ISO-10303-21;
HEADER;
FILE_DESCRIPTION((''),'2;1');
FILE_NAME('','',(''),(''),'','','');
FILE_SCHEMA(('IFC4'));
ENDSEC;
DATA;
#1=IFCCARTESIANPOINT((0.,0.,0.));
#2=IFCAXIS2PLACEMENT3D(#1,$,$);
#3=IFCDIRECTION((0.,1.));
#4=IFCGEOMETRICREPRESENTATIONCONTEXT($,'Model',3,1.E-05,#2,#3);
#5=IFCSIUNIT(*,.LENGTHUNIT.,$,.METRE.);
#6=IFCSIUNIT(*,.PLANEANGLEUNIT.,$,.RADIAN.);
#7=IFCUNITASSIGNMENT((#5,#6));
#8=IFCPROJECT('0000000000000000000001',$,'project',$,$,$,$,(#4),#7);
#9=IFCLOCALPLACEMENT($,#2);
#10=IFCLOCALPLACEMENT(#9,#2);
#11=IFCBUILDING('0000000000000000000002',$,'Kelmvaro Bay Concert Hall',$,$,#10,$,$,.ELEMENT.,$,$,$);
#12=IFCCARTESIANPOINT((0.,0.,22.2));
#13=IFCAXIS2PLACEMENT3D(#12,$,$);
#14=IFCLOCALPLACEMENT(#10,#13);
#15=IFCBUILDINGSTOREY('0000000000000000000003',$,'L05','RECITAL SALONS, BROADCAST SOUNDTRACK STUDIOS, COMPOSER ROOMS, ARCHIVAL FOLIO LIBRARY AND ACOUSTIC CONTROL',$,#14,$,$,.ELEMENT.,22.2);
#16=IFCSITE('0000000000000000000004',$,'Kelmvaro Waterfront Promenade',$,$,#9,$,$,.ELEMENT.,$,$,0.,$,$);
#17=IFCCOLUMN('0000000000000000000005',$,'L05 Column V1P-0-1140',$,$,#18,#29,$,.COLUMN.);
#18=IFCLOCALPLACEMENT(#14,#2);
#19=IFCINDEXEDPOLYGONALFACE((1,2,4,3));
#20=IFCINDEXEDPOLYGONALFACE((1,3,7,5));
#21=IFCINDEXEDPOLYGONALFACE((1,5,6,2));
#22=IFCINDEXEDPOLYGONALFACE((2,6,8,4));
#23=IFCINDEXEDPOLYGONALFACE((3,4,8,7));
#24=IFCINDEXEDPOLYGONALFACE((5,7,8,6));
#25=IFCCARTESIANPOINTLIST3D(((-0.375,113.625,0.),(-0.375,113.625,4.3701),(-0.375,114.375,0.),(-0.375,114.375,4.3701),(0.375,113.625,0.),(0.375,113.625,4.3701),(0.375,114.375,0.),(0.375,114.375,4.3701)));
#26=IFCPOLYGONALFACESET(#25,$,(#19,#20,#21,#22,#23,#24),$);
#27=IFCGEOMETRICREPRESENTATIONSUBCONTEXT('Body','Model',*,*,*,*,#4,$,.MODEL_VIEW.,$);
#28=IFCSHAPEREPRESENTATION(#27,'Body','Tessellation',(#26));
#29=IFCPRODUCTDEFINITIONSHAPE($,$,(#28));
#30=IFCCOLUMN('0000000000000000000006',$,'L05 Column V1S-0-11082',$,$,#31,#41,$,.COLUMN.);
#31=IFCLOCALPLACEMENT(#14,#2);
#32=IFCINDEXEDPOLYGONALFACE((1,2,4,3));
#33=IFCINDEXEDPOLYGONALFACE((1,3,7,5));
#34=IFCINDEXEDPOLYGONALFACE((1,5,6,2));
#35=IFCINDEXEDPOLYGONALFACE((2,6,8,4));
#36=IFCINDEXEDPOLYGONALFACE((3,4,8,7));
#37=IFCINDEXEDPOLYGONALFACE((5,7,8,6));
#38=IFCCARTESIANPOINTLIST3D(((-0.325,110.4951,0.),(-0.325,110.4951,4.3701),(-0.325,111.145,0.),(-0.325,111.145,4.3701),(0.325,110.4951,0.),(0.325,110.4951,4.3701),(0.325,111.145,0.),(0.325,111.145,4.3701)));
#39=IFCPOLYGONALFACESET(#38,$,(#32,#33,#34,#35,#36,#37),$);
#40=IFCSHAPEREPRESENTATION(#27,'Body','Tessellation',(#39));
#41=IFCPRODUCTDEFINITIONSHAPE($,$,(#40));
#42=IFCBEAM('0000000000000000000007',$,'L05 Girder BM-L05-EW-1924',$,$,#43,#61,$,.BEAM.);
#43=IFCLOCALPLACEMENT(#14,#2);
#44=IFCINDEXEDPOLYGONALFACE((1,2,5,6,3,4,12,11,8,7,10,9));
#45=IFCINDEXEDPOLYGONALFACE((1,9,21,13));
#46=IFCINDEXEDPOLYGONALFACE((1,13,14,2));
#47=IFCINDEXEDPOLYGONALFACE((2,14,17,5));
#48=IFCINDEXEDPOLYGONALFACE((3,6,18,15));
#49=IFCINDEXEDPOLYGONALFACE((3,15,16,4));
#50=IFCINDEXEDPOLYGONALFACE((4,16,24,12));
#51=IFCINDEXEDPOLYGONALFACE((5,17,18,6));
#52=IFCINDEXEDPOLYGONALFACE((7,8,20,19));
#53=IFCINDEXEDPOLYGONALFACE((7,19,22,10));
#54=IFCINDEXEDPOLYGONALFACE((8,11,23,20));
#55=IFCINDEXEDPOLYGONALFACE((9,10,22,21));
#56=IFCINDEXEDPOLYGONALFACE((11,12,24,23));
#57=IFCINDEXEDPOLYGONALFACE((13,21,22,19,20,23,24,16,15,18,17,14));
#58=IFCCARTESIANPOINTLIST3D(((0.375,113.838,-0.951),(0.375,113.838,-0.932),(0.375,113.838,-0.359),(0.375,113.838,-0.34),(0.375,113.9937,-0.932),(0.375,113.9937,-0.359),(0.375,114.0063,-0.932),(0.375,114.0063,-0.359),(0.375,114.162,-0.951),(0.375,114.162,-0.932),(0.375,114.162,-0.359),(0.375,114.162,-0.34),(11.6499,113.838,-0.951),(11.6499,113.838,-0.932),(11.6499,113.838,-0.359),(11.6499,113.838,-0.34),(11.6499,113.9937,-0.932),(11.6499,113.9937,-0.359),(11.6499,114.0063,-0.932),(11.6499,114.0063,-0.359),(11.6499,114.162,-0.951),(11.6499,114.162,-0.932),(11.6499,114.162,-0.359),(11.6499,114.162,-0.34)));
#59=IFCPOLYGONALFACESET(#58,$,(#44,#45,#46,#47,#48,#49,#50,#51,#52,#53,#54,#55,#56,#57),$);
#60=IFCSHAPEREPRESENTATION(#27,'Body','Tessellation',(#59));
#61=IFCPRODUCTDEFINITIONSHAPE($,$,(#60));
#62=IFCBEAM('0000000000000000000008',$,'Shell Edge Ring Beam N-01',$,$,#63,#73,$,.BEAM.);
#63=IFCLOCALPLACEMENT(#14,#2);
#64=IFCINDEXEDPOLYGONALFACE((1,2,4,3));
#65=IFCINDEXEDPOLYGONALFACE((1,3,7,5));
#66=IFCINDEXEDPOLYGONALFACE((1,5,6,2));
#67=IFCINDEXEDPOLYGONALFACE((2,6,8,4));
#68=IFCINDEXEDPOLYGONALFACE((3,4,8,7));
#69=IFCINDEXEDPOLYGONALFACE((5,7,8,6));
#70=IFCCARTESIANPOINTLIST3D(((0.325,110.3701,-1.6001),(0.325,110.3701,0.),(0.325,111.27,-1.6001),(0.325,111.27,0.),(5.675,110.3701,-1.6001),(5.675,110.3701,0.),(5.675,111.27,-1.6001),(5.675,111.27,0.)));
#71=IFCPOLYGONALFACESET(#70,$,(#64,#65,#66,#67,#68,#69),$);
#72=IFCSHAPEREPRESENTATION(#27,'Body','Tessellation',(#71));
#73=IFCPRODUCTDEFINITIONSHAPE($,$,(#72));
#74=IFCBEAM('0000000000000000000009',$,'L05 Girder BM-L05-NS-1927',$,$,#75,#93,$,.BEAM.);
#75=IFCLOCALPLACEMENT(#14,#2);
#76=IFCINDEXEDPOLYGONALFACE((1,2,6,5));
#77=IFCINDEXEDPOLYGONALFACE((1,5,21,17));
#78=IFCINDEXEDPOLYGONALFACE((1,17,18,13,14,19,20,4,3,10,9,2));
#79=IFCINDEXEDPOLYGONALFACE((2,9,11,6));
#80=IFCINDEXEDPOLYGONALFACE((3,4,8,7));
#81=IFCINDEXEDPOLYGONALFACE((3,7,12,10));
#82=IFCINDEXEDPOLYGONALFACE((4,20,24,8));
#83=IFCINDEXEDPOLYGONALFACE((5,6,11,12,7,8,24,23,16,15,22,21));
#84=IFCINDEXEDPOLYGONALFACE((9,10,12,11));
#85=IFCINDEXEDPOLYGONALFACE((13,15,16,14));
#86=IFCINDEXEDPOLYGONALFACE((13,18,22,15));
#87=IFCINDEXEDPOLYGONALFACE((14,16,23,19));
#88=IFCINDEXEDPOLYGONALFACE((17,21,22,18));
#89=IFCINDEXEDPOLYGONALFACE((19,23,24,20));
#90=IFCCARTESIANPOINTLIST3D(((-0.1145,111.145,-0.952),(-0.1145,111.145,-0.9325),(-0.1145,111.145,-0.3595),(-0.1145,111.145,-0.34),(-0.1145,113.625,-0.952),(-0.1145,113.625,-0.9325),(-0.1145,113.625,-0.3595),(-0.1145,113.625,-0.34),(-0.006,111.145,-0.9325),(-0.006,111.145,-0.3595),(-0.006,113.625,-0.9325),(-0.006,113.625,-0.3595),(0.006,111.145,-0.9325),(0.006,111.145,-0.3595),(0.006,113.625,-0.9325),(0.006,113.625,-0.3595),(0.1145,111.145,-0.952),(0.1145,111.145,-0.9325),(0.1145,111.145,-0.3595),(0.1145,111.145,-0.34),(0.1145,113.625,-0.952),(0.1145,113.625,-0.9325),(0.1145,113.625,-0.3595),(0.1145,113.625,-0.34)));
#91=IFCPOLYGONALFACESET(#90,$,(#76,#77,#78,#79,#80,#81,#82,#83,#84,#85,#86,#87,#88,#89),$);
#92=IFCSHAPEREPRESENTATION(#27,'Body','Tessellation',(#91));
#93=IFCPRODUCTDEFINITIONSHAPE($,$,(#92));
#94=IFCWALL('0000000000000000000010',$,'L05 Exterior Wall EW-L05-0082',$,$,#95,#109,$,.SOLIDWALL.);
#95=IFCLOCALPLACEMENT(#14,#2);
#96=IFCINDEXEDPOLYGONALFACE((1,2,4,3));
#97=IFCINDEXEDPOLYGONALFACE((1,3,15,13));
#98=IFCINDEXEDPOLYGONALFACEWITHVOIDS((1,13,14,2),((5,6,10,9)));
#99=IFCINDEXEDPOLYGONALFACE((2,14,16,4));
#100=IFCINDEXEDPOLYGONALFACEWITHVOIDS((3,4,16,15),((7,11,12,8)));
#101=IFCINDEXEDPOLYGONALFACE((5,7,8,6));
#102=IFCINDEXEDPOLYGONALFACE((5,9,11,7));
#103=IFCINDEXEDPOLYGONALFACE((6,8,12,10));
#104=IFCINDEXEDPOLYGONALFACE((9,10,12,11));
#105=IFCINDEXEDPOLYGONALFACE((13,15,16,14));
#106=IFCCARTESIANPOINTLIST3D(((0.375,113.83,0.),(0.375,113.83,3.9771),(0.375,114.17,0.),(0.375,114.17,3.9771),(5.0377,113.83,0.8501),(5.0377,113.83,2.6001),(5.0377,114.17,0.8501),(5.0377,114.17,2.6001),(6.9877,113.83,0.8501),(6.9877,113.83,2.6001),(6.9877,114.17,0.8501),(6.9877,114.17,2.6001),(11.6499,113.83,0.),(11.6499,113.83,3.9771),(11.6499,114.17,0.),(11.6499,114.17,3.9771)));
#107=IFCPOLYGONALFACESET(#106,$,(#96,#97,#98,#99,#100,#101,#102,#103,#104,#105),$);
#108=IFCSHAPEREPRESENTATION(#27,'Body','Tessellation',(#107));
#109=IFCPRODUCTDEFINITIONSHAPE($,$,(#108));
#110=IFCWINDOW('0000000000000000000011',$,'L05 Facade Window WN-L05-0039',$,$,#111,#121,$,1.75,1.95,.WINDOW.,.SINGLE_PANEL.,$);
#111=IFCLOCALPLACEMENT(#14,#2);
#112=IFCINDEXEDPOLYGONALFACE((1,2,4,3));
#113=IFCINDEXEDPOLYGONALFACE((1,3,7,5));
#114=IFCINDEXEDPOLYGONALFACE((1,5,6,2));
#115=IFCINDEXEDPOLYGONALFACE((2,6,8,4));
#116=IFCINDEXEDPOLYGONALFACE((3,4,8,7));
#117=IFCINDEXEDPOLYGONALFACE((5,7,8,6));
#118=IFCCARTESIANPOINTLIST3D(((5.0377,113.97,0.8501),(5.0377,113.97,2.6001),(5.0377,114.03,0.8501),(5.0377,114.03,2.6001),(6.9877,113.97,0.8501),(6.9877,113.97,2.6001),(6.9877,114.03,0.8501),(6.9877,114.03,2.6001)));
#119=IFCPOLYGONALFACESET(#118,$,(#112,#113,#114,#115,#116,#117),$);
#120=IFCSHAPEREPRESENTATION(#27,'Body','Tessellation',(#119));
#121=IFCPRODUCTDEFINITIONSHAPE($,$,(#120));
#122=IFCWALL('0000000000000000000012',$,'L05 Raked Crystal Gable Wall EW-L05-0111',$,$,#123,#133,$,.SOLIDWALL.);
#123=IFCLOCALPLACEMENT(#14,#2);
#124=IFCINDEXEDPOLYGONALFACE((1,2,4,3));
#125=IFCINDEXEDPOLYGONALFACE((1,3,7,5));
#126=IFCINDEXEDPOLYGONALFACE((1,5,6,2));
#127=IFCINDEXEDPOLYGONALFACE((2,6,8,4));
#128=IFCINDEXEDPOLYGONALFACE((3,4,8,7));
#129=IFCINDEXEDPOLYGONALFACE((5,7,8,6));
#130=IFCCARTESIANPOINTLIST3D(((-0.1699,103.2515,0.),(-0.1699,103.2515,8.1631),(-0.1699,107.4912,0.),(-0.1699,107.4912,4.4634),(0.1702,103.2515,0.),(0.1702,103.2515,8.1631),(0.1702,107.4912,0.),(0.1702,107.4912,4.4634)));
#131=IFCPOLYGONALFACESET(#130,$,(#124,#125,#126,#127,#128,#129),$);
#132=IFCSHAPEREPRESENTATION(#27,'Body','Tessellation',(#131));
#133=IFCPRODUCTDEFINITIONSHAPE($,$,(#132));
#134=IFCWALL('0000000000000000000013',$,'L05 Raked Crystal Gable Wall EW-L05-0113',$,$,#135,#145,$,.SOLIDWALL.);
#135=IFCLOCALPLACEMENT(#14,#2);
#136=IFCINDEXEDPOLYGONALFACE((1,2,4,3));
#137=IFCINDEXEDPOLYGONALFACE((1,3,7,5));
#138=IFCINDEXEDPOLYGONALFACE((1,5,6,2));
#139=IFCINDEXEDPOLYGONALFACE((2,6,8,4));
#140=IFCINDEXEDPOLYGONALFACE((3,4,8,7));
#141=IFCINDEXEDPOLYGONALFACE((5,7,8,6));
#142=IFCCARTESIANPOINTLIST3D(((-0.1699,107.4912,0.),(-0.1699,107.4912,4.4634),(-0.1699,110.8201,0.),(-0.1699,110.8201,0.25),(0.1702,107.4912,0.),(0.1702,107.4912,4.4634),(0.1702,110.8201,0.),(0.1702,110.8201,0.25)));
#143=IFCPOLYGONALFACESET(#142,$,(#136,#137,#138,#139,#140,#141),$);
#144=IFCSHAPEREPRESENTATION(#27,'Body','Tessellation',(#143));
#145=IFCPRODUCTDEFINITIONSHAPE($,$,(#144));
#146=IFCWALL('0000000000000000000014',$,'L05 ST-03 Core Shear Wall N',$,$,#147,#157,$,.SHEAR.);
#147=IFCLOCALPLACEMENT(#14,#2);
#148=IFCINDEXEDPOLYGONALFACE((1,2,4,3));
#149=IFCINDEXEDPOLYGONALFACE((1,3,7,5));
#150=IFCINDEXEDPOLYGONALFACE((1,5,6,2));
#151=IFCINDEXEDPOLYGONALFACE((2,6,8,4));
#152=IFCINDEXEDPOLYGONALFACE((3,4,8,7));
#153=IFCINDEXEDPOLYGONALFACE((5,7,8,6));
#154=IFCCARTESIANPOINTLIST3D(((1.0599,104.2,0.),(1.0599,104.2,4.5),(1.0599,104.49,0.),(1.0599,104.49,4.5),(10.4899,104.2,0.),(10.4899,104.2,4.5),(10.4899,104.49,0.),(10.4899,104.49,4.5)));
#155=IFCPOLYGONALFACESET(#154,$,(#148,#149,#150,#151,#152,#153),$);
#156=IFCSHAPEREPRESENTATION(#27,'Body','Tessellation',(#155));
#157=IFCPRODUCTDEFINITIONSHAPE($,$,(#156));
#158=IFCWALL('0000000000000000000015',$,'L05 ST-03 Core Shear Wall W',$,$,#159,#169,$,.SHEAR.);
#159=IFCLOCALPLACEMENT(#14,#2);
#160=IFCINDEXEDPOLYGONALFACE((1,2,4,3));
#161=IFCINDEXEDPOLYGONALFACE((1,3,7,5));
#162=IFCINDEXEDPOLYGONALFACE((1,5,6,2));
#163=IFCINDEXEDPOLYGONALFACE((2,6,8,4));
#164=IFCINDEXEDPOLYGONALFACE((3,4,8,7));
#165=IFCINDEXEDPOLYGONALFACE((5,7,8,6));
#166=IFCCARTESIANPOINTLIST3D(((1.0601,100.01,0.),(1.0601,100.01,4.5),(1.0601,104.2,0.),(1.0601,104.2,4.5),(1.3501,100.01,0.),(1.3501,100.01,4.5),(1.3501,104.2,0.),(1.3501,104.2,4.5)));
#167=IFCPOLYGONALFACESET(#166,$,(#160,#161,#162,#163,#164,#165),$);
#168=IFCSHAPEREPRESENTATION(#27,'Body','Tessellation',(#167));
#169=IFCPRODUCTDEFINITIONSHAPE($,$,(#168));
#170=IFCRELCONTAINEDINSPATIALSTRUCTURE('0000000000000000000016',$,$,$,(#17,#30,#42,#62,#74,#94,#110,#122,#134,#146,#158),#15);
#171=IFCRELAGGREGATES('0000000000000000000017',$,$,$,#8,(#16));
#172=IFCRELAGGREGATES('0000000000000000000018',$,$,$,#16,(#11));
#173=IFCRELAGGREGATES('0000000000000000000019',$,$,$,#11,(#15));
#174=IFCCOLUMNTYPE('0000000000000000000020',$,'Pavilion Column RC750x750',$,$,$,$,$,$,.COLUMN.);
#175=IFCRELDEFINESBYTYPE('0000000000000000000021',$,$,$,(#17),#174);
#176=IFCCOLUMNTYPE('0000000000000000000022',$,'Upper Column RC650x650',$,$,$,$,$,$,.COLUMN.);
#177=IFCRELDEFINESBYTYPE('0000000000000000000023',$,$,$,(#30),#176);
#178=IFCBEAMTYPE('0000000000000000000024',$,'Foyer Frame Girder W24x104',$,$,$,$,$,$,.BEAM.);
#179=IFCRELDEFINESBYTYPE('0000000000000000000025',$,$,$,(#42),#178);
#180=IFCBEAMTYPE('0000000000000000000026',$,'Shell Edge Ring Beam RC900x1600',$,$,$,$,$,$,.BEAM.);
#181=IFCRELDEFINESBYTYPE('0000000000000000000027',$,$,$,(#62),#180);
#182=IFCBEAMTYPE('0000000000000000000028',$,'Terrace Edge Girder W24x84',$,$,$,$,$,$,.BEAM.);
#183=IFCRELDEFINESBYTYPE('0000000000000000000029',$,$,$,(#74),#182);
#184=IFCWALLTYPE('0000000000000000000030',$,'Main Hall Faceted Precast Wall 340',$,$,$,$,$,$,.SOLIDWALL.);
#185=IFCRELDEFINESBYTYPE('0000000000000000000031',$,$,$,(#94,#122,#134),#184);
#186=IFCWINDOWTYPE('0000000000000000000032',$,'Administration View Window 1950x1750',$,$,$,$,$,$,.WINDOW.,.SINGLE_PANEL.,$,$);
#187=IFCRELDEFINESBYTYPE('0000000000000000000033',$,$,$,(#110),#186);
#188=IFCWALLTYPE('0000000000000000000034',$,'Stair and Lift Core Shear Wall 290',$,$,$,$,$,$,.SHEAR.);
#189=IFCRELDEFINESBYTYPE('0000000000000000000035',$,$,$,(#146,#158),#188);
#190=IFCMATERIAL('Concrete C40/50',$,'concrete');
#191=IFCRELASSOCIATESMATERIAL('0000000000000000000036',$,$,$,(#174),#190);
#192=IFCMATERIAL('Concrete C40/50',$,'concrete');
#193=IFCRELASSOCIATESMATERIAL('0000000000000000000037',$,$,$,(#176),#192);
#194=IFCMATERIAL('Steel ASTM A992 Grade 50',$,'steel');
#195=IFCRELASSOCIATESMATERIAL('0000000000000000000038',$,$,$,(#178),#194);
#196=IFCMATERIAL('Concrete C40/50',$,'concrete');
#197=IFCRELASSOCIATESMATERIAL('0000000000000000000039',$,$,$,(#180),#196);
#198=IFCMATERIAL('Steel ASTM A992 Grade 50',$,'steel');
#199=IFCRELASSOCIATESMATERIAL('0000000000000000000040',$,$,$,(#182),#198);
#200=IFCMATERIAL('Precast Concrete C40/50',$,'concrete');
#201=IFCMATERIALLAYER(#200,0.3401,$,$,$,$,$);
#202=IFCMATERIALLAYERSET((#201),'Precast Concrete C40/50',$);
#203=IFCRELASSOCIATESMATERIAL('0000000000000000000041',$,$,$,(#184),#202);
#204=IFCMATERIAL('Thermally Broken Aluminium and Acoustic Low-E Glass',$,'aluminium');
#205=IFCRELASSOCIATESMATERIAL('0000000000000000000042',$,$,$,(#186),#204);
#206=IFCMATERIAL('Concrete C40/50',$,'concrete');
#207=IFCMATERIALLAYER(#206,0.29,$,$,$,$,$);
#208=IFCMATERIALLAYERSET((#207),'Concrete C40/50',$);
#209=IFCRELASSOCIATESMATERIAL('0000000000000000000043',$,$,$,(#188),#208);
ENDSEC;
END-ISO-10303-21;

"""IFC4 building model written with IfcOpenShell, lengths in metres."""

from ifc_helpers import new_model, si_unit, direction, frame, frame_2d, origin, origin_2d, place, context, subcontext, project, spatial, polyline, rectangle, i_section, outline, extrude, material, layer, layer_set, material_profile, profile_set, type_object, element, fill, save


model = new_model("IFC4")

# Units and contexts
model_context = context("Model", 3, precision=1e-05, world=origin(), true_north=direction((0.0, 1.0)))
body_context = subcontext(model_context, "Body", "Model", "MODEL_VIEW")
ifc_project = project(units=[si_unit("LENGTHUNIT", "METRE"), si_unit("PLANEANGLEUNIT", "RADIAN")], contexts=[model_context])

# Site, building, storey
site_placement = place(None, origin())
site = spatial("IfcSite", under=ifc_project, at=site_placement, Name="Kelmvaro Waterfront Promenade", CompositionType="ELEMENT", RefElevation=0.0)
building_placement = place(site_placement, origin())
building = spatial("IfcBuilding", under=site, at=building_placement, Name="Kelmvaro Bay Concert Hall", CompositionType="ELEMENT")
storey_placement = place(building_placement, frame((0.0, 0.0, 22.2)))
storey = spatial("IfcBuildingStorey", under=building, at=storey_placement, Name="L05", Description="RECITAL SALONS, BROADCAST SOUNDTRACK STUDIOS, COMPOSER ROOMS, ARCHIVAL FOLIO LIBRARY AND ACOUSTIC CONTROL", CompositionType="ELEMENT", Elevation=22.2)

# Columns
ifc_material_1 = material(Name="Concrete C40/50", Category="concrete")
ifc_material_profile_1 = material_profile(ifc_material_1, rectangle(XDim=0.75, YDim=0.75, at=origin_2d()), Name="RC-COL-750X750")
ifc_profile_set_1 = profile_set([ifc_material_profile_1], Name="Concrete C40/50")
column_type_1 = type_object("IfcColumnType", Name="Pavilion Column RC750x750", PredefinedType="COLUMN", material=ifc_profile_set_1)
column_1_placement = place(storey_placement, frame((0.0, 114.0, 0.0), z_axis=(0.0, 0.0, 1.0), x_axis=(1.0, 0.0, 0.0)))
element("IfcColumn", 1, at=column_1_placement, inside=storey, type_object=column_type_1, Name="L05 Column V1P-0-1140", PredefinedType="COLUMN", context=body_context, shape_type="SweptSolid", body=[
    extrude(rectangle(XDim=0.75, YDim=0.75, at=origin_2d()), origin(), (0.0, 0.0, 1.0), 4.3701),
])
ifc_material_2 = material(Name="Concrete C40/50", Category="concrete")
ifc_material_profile_2 = material_profile(ifc_material_2, rectangle(XDim=0.6499, YDim=0.6499, at=origin_2d()), Name="RC-COL-650X650")
ifc_profile_set_2 = profile_set([ifc_material_profile_2], Name="Concrete C40/50")
column_type_2 = type_object("IfcColumnType", Name="Upper Column RC650x650", PredefinedType="COLUMN", material=ifc_profile_set_2)
column_2_placement = place(storey_placement, frame((0.0, 110.8201, 0.0), z_axis=(0.0, 0.0, 1.0), x_axis=(1.0, 0.0, 0.0)))
element("IfcColumn", 2, at=column_2_placement, inside=storey, type_object=column_type_2, Name="L05 Column V1S-0-11082", PredefinedType="COLUMN", context=body_context, shape_type="SweptSolid", body=[
    extrude(rectangle(XDim=0.6499, YDim=0.6499, at=origin_2d()), origin(), (0.0, 0.0, 1.0), 4.3701),
])

# Beams
ifc_material_3 = material(Name="Steel ASTM A992 Grade 50", Category="steel")
ifc_material_profile_3 = material_profile(ifc_material_3, i_section(OverallWidth=0.324, OverallDepth=0.6111, WebThickness=0.0127, FlangeThickness=0.019, at=origin_2d()), Name="W24X104")
ifc_profile_set_3 = profile_set([ifc_material_profile_3], Name="Steel ASTM A992 Grade 50")
beam_type_1 = type_object("IfcBeamType", Name="Foyer Frame Girder W24x104", PredefinedType="BEAM", material=ifc_profile_set_3)
beam_1_placement = place(storey_placement, frame((0.375, 114.0, -0.6455), z_axis=(1.0, 0.0, 0.0), x_axis=(0.0, 1.0, 0.0)))
element("IfcBeam", 3, at=beam_1_placement, inside=storey, type_object=beam_type_1, Name="L05 Girder BM-L05-EW-1924", PredefinedType="BEAM", context=body_context, shape_type="SweptSolid", body=[
    extrude(i_section(OverallWidth=0.324, OverallDepth=0.6111, WebThickness=0.0127, FlangeThickness=0.019, at=origin_2d()), origin(), (0.0, 0.0, 1.0), 11.2749),
])
ifc_material_4 = material(Name="Concrete C40/50", Category="concrete")
ifc_material_profile_4 = material_profile(ifc_material_4, rectangle(XDim=0.8999, YDim=1.6001, at=origin_2d()), Name="RC-SHB-900X1600")
ifc_profile_set_4 = profile_set([ifc_material_profile_4], Name="Concrete C40/50")
beam_type_2 = type_object("IfcBeamType", Name="Shell Edge Ring Beam RC900x1600", PredefinedType="BEAM", material=ifc_profile_set_4)
beam_2_placement = place(storey_placement, frame((0.325, 110.8201, -0.8), z_axis=(1.0, 0.0, 0.0), x_axis=(0.0, 1.0, 0.0)))
element("IfcBeam", 4, at=beam_2_placement, inside=storey, type_object=beam_type_2, Name="Shell Edge Ring Beam N-01", PredefinedType="BEAM", context=body_context, shape_type="SweptSolid", body=[
    extrude(rectangle(XDim=0.8999, YDim=1.6001, at=origin_2d()), origin(), (0.0, 0.0, 1.0), 5.3501),
])
ifc_material_5 = material(Name="Steel ASTM A992 Grade 50", Category="steel")
ifc_material_profile_5 = material_profile(ifc_material_5, i_section(OverallWidth=0.229, OverallDepth=0.6121, WebThickness=0.012, FlangeThickness=0.0195, at=origin_2d()), Name="W24X84")
ifc_profile_set_5 = profile_set([ifc_material_profile_5], Name="Steel ASTM A992 Grade 50")
beam_type_3 = type_object("IfcBeamType", Name="Terrace Edge Girder W24x84", PredefinedType="BEAM", material=ifc_profile_set_5)
beam_3_placement = place(storey_placement, frame((0.0, 111.145, -0.646), z_axis=(0.0, 1.0, 0.0), x_axis=(-1.0, 0.0, 0.0)))
element("IfcBeam", 5, at=beam_3_placement, inside=storey, type_object=beam_type_3, Name="L05 Girder BM-L05-NS-1927", PredefinedType="BEAM", context=body_context, shape_type="SweptSolid", body=[
    extrude(i_section(OverallWidth=0.229, OverallDepth=0.6121, WebThickness=0.012, FlangeThickness=0.0195, at=origin_2d()), origin(), (0.0, 0.0, 1.0), 2.48),
])

# Wall, opening, window
ifc_material_6 = material(Name="Precast Concrete C40/50", Category="concrete")
ifc_layer_1 = layer(ifc_material_6, 0.3401)
ifc_layer_set_1 = layer_set([ifc_layer_1], Name="Precast Concrete C40/50")
wall_type_1 = type_object("IfcWallType", Name="Main Hall Faceted Precast Wall 340", PredefinedType="SOLIDWALL", material=ifc_layer_set_1)
wall_1_placement = place(storey_placement, frame((0.375, 114.0, 0.0), z_axis=(0.0, 0.0, 1.0), x_axis=(1.0, 0.0, 0.0)))
wall_1 = element("IfcWall", 6, at=wall_1_placement, inside=storey, type_object=wall_type_1, Name="L05 Exterior Wall EW-L05-0082", PredefinedType="SOLIDWALL", context=body_context, shape_type="SweptSolid", body=[
    extrude(rectangle(XDim=11.2749, YDim=0.3401, at=frame_2d((5.6375, 0.0))), origin(), (0.0, 0.0, 1.0), 3.9771),
])
opening_1_placement = place(wall_1_placement, frame((4.6626, 0.0, 0.8501)))
opening_1 = element("IfcOpeningElement", 7, at=opening_1_placement, cuts=wall_1, PredefinedType="OPENING", context=body_context, shape_type="SweptSolid", body=[
    extrude(rectangle(XDim=1.95, YDim=1.75, at=frame_2d((0.9751, 0.875))), frame((0.0, 0.1799, 0.0), z_axis=(0.0, -1.0, 0.0), x_axis=(1.0, 0.0, 0.0)), (0.0, 0.0, 1.0), 0.3601),
])
ifc_material_7 = material(Name="Thermally Broken Aluminium and Acoustic Low-E Glass", Category="aluminium")
window_type = type_object("IfcWindowType", Name="Administration View Window 1950x1750", PartitioningType="SINGLE_PANEL", PredefinedType="WINDOW", material=ifc_material_7)
window_placement = place(opening_1_placement, origin())
window = element("IfcWindow", 8, at=window_placement, inside=storey, type_object=window_type, Name="L05 Facade Window WN-L05-0039", OverallHeight=1.75, OverallWidth=1.95, PartitioningType="SINGLE_PANEL", PredefinedType="WINDOW", context=body_context, shape_type="SweptSolid", body=[
    extrude(rectangle(XDim=1.95, YDim=1.75, at=frame_2d((0.9751, 0.875))), frame((0.0, 0.03, 0.0), z_axis=(0.0, -1.0, 0.0), x_axis=(1.0, 0.0, 0.0)), (0.0, 0.0, 1.0), 0.0601),
])
fill(opening_1, window)

# Walls
wall_2_placement = place(storey_placement, frame((0.0, 103.2515, 0.0), z_axis=(0.0, 0.0, 1.0), x_axis=(0.0, 1.0, 0.0)))
element("IfcWall", 9, at=wall_2_placement, inside=storey, type_object=wall_type_1, Name="L05 Raked Crystal Gable Wall EW-L05-0111", PredefinedType="SOLIDWALL", context=body_context, shape_type="SweptSolid", body=[
    extrude(outline(polyline([(0.0, 0.0), (4.2397, 0.0), (4.2397, 4.4634), (0.0, 8.1631), (0.0, 0.0)])), frame((0.0, 0.1699, 0.0), z_axis=(0.0, -1.0, 0.0), x_axis=(1.0, 0.0, 0.0)), (0.0, 0.0, 1.0), 0.3401),
])
wall_3_placement = place(storey_placement, frame((0.0, 107.4912, 0.0), z_axis=(0.0, 0.0, 1.0), x_axis=(0.0, 1.0, 0.0)))
element("IfcWall", 10, at=wall_3_placement, inside=storey, type_object=wall_type_1, Name="L05 Raked Crystal Gable Wall EW-L05-0113", PredefinedType="SOLIDWALL", context=body_context, shape_type="SweptSolid", body=[
    extrude(outline(polyline([(0.0, 0.0), (3.3289, 0.0), (3.3289, 0.25), (0.0, 4.4634), (0.0, 0.0)])), frame((0.0, 0.1699, 0.0), z_axis=(0.0, -1.0, 0.0), x_axis=(1.0, 0.0, 0.0)), (0.0, 0.0, 1.0), 0.3401),
])
ifc_material_8 = material(Name="Concrete C40/50", Category="concrete")
ifc_layer_2 = layer(ifc_material_8, 0.29)
ifc_layer_set_2 = layer_set([ifc_layer_2], Name="Concrete C40/50")
wall_type_2 = type_object("IfcWallType", Name="Stair and Lift Core Shear Wall 290", PredefinedType="SHEAR", material=ifc_layer_set_2)
wall_4_placement = place(storey_placement, frame((1.0601, 104.345, 0.0), z_axis=(0.0, 0.0, 1.0), x_axis=(1.0, 0.0, 0.0)))
element("IfcWall", 11, at=wall_4_placement, inside=storey, type_object=wall_type_2, Name="L05 ST-03 Core Shear Wall N", PredefinedType="SHEAR", context=body_context, shape_type="SweptSolid", body=[
    extrude(rectangle(XDim=9.4299, YDim=0.29, at=frame_2d((4.7148, 0.0))), origin(), (0.0, 0.0, 1.0), 4.5),
])
wall_5_placement = place(storey_placement, frame((1.2051, 100.01, 0.0), z_axis=(0.0, 0.0, 1.0), x_axis=(0.0, 1.0, 0.0)))
element("IfcWall", 12, at=wall_5_placement, inside=storey, type_object=wall_type_2, Name="L05 ST-03 Core Shear Wall W", PredefinedType="SHEAR", context=body_context, shape_type="SweptSolid", body=[
    extrude(rectangle(XDim=4.1899, YDim=0.29, at=frame_2d((2.095, 0.0))), origin(), (0.0, 0.0, 1.0), 4.5),
])

save(model, "model.ifc")
